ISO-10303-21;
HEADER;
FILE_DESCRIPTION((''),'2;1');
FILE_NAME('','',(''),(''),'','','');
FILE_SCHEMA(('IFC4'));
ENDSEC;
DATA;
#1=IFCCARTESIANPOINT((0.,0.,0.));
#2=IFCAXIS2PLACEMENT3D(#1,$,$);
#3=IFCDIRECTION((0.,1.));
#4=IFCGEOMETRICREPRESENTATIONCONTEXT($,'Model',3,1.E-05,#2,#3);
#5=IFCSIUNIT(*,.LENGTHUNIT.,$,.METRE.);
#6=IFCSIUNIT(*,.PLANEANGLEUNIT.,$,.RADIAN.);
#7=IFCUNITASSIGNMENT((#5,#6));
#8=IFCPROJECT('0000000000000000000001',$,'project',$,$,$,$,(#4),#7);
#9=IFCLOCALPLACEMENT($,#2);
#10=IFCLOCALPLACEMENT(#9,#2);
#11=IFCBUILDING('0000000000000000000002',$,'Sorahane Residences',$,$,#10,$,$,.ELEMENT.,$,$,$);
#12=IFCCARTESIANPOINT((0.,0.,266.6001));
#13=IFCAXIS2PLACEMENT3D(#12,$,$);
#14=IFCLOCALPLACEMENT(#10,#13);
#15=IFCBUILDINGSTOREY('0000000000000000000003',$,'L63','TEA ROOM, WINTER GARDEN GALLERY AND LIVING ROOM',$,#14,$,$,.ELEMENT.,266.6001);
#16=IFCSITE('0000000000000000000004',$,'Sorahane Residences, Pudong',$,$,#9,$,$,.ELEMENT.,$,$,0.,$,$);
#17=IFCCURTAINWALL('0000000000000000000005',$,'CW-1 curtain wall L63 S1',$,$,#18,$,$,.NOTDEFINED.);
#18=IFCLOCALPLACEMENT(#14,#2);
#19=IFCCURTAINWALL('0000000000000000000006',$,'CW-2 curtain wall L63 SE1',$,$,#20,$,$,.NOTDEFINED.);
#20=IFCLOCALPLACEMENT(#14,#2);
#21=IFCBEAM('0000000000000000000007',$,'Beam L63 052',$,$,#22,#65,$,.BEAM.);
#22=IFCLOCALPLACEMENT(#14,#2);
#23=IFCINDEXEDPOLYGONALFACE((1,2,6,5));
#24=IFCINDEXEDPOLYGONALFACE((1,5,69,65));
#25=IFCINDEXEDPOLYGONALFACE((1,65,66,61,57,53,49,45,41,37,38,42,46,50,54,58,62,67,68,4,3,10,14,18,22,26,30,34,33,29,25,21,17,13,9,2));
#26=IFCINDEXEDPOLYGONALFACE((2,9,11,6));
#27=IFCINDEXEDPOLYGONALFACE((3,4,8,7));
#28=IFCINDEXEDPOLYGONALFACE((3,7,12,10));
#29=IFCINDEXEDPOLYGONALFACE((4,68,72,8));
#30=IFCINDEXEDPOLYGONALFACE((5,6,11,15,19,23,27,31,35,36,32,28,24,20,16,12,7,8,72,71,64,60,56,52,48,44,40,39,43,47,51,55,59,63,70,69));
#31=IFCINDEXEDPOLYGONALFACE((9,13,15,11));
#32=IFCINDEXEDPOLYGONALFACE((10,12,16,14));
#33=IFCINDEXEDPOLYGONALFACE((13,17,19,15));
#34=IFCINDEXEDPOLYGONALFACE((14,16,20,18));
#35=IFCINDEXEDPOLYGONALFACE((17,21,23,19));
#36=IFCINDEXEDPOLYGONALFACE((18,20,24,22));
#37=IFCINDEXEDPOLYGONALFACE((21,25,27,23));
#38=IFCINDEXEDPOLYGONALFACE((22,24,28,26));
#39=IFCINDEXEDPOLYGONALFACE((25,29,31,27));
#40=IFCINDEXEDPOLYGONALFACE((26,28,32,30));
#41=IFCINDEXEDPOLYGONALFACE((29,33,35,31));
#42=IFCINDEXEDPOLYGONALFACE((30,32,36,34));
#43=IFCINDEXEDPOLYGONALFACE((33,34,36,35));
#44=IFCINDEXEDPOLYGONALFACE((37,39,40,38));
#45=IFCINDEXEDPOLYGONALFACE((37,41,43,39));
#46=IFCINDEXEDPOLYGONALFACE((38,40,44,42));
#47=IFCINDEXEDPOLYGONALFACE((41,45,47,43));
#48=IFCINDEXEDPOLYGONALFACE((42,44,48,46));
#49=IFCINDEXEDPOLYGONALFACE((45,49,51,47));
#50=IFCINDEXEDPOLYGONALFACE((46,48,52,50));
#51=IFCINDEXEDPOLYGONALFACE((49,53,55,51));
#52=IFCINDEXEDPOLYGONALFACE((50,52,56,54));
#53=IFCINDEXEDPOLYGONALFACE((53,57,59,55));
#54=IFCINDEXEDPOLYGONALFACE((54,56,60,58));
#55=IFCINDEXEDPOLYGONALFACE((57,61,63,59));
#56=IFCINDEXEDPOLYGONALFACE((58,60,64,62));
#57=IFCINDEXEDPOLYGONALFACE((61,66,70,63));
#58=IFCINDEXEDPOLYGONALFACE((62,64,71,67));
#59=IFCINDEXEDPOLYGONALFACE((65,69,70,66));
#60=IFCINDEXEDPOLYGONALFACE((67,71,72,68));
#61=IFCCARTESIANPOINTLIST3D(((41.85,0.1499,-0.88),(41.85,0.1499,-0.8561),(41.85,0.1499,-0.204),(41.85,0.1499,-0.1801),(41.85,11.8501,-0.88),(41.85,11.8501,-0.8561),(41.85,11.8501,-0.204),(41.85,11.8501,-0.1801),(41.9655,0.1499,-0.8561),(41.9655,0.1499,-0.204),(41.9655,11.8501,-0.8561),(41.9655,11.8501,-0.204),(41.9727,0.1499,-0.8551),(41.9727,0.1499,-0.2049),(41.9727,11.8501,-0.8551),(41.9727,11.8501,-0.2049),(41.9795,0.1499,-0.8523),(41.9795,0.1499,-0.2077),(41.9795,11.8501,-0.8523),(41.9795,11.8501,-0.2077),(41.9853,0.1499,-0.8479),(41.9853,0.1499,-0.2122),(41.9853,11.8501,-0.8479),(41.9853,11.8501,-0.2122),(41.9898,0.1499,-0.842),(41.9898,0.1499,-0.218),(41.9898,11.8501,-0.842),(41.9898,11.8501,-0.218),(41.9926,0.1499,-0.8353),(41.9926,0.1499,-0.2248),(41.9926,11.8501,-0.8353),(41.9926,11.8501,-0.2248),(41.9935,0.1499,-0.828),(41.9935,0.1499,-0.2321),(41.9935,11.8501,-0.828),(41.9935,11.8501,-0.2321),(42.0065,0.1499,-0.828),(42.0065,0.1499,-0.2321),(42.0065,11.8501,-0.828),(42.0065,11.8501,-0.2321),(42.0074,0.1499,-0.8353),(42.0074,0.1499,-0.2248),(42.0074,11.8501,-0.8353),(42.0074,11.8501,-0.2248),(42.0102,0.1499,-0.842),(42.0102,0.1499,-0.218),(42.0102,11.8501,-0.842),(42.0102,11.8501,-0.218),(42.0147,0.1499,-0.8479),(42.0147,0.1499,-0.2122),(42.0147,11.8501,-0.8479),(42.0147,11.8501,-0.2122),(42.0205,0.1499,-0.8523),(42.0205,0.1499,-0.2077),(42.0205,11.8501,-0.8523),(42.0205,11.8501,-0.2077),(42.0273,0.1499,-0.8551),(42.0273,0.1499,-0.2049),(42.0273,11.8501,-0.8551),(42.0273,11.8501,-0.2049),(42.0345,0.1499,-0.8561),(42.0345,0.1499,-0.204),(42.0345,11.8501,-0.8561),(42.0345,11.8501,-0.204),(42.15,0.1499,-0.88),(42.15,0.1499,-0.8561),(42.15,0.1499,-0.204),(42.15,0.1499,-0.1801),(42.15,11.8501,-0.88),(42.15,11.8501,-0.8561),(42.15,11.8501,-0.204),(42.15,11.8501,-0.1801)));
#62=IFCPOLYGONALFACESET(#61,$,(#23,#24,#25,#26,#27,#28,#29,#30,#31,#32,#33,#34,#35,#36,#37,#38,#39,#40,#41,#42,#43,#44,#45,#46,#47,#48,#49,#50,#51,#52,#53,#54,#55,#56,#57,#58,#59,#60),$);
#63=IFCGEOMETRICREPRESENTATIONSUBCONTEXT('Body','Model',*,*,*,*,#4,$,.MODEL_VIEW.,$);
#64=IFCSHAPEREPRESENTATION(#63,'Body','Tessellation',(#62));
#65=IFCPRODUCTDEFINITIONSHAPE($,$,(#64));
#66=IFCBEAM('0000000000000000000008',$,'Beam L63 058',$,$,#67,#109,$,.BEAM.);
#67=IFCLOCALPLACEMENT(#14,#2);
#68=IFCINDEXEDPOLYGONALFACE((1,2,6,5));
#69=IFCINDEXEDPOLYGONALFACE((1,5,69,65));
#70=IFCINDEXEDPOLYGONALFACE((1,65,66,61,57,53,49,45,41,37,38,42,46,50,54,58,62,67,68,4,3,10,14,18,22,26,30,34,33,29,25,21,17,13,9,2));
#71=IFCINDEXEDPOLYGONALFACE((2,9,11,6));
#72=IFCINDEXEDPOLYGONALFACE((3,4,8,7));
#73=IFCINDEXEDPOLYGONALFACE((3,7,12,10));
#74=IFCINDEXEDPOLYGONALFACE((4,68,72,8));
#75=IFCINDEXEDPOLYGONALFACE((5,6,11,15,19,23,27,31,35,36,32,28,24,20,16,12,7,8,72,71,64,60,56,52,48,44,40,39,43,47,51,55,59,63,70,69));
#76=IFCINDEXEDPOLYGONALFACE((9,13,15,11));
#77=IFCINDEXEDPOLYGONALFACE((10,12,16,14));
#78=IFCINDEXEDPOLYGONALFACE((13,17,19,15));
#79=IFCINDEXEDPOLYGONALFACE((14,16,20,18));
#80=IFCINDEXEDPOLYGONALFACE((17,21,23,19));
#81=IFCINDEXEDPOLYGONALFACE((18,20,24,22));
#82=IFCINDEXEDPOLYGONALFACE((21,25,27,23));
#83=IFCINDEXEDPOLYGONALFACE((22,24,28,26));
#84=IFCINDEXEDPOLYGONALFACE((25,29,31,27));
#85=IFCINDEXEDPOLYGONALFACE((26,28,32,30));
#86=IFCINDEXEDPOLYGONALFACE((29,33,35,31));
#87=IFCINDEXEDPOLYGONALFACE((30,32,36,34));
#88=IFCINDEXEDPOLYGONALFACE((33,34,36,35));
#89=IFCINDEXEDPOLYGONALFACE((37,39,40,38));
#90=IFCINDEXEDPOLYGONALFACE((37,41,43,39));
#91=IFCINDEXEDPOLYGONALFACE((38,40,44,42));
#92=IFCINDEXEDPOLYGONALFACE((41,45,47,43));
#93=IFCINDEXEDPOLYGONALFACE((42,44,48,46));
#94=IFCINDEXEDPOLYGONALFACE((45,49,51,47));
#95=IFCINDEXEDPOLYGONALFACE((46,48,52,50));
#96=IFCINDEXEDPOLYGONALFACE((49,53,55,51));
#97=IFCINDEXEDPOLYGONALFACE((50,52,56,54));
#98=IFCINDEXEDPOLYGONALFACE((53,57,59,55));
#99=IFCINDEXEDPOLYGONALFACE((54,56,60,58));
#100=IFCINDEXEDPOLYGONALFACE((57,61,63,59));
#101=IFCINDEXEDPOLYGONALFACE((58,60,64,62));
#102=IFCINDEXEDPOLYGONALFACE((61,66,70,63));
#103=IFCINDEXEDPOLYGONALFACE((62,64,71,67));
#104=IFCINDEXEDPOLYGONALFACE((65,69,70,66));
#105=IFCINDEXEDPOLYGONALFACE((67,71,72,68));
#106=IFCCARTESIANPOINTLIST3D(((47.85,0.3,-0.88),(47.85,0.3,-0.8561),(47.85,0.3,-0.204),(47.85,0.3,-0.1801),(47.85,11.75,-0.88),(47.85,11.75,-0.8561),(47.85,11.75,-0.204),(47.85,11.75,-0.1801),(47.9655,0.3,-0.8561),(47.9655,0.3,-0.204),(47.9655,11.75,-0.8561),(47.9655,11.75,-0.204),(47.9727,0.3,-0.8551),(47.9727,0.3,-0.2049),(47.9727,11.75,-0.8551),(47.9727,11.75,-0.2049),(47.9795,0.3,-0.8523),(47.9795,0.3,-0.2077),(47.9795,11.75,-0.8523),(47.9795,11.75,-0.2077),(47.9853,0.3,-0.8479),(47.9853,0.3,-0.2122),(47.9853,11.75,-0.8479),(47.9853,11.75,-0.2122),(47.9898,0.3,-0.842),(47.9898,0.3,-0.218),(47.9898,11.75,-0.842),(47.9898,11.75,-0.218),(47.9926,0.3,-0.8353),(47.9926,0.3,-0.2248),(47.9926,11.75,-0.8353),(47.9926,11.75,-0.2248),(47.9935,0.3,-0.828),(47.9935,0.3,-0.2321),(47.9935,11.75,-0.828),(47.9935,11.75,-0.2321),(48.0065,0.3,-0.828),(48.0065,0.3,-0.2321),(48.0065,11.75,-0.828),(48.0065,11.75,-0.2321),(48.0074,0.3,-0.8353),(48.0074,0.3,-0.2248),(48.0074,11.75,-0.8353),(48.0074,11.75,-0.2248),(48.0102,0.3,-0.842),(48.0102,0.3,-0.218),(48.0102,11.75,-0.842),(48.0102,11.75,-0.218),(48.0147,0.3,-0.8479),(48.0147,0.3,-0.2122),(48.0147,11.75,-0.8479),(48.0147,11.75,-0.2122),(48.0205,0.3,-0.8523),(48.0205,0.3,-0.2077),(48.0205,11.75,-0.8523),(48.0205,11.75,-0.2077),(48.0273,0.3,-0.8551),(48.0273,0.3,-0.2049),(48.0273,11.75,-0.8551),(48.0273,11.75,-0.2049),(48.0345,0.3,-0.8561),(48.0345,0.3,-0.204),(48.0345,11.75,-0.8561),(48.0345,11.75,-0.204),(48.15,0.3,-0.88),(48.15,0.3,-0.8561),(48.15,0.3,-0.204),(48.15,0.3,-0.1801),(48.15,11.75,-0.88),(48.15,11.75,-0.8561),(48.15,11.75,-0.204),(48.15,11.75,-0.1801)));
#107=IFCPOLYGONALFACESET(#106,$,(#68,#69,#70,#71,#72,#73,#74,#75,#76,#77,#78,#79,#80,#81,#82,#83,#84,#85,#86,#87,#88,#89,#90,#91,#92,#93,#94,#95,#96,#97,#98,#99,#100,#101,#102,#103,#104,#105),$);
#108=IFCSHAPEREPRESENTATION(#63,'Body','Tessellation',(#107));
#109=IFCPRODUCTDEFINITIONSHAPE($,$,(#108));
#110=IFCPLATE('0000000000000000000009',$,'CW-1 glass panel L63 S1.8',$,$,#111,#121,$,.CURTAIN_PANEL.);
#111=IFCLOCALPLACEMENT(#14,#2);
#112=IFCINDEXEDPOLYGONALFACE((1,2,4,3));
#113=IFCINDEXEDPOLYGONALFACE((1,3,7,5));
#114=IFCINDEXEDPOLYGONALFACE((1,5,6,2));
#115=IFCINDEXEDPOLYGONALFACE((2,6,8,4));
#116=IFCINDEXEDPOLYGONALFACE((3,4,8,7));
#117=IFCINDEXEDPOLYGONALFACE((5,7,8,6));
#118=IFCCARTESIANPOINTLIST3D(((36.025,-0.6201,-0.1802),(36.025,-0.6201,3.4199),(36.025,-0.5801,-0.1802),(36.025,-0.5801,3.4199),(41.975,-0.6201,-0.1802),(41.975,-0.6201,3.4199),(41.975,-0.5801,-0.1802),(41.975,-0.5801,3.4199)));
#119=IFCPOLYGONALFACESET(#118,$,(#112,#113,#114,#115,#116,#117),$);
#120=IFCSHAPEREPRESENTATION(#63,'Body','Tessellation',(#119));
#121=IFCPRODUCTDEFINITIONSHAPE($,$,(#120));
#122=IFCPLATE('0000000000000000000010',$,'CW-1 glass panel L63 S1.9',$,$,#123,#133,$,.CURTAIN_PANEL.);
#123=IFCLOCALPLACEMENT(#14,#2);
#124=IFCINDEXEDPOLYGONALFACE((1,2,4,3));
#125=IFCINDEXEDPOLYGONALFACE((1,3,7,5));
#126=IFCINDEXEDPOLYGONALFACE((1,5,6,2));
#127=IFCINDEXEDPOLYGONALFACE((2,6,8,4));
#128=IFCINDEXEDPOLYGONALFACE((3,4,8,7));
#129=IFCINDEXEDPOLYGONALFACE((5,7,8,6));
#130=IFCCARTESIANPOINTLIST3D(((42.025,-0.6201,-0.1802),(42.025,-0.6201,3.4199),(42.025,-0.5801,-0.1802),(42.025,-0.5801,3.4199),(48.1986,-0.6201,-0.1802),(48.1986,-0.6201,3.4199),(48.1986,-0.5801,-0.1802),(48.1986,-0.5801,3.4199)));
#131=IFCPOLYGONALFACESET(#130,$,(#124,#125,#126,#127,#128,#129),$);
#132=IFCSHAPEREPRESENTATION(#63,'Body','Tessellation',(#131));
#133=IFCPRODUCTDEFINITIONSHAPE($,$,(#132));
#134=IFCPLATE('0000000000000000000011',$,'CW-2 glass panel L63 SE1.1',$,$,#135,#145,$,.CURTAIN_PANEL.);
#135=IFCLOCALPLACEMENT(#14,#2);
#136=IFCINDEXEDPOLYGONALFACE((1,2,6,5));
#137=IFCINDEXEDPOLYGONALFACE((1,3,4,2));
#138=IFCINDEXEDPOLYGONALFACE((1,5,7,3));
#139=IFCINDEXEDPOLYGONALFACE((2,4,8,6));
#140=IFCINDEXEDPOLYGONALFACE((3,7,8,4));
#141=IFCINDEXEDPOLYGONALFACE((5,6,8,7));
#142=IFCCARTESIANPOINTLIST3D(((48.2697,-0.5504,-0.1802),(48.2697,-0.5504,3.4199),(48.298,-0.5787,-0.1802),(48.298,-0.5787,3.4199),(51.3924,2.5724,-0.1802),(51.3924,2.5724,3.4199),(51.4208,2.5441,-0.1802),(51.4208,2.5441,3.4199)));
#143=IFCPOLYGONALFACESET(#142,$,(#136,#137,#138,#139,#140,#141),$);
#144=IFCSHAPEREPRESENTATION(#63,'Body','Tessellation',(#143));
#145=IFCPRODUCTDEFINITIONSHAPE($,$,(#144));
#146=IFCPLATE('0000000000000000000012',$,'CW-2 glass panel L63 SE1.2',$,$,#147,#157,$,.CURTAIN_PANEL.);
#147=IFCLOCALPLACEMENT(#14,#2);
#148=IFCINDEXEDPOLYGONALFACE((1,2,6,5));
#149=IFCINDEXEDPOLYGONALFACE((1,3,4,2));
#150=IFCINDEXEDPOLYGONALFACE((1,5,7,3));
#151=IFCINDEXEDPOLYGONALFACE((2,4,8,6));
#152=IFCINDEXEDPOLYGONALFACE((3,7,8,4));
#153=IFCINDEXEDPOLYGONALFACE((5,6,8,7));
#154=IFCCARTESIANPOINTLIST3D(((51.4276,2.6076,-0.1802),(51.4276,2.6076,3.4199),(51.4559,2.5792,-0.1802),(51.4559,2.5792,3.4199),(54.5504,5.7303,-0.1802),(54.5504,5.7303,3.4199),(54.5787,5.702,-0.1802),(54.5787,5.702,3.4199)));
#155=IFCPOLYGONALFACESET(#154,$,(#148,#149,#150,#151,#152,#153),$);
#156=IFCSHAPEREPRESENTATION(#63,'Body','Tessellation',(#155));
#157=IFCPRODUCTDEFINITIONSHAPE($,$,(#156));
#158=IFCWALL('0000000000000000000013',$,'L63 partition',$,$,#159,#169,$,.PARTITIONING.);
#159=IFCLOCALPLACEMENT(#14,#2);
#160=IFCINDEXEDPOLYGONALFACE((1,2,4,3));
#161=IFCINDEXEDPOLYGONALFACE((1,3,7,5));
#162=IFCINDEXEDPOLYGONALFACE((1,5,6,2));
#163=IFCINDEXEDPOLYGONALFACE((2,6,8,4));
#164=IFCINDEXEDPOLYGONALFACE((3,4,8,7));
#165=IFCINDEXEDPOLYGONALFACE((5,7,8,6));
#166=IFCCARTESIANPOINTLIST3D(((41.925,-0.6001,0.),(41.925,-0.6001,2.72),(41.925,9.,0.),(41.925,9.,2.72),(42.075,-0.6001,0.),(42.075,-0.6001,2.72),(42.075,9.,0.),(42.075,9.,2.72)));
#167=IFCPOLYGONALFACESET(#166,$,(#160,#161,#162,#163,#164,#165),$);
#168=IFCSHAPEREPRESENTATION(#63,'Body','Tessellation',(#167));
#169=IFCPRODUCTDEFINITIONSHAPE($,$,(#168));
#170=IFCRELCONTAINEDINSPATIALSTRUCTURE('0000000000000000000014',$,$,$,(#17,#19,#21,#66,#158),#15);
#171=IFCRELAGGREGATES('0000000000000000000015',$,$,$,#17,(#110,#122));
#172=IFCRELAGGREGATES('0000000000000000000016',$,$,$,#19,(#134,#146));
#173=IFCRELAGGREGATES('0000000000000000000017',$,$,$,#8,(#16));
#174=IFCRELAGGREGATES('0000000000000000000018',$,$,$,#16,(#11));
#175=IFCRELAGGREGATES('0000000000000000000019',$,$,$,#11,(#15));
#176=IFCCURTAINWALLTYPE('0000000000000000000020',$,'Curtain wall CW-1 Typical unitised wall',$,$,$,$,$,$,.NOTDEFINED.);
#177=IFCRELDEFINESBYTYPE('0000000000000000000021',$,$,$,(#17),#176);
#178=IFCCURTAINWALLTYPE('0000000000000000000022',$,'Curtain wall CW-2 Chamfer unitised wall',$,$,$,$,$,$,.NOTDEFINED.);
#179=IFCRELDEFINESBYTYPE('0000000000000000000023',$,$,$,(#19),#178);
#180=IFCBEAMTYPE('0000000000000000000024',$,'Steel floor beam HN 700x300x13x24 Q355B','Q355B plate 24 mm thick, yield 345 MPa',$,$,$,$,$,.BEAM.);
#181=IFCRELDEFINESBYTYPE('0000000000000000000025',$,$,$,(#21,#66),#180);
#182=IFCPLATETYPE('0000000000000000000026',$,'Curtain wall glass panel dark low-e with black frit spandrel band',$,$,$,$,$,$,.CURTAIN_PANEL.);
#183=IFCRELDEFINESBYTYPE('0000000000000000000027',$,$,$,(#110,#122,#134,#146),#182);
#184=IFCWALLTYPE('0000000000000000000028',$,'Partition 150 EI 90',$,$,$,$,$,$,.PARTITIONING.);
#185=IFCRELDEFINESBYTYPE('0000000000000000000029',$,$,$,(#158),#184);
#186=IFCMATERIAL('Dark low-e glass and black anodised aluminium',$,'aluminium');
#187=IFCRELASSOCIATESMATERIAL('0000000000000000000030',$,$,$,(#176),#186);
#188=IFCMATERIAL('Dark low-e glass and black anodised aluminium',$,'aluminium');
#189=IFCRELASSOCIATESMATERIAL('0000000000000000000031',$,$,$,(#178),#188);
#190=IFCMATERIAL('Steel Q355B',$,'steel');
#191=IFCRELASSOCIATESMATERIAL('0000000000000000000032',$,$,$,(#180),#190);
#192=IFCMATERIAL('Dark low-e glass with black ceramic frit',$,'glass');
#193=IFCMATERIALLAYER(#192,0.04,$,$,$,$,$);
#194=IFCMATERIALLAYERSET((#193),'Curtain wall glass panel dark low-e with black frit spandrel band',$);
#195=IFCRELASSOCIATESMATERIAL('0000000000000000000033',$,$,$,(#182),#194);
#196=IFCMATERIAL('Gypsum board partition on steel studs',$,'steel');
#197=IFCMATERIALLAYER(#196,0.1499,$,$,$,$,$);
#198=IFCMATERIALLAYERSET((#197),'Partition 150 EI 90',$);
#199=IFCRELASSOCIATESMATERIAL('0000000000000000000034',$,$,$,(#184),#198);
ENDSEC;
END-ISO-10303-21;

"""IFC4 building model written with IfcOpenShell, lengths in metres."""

from ifc_helpers import new_model, si_unit, direction, frame, frame_2d, origin, origin_2d, place, context, subcontext, project, spatial, rectangle, i_section, extrude, material, layer, layer_set, material_profile, profile_set, type_object, element, aggregate, save


model = new_model("IFC4")

# Units and contexts
model_context = context("Model", 3, precision=1e-05, world=origin(), true_north=direction((0.0, 1.0)))
body_context = subcontext(model_context, "Body", "Model", "MODEL_VIEW")
ifc_project = project(units=[si_unit("LENGTHUNIT", "METRE"), si_unit("PLANEANGLEUNIT", "RADIAN")], contexts=[model_context])

# Site, building, storey
site_placement = place(None, origin())
site = spatial("IfcSite", under=ifc_project, at=site_placement, Name="Sorahane Residences, Pudong", CompositionType="ELEMENT", RefElevation=0.0)
building_placement = place(site_placement, origin())
building = spatial("IfcBuilding", under=site, at=building_placement, Name="Sorahane Residences", CompositionType="ELEMENT")
storey_placement = place(building_placement, frame((0.0, 0.0, 266.6001)))
storey = spatial("IfcBuildingStorey", under=building, at=storey_placement, Name="L63", Description="TEA ROOM, WINTER GARDEN GALLERY AND LIVING ROOM", CompositionType="ELEMENT", Elevation=266.6001)

# Curtain walls
ifc_material_1 = material(Name="Dark low-e glass and black anodised aluminium", Category="aluminium")
curtain_wall_type_1 = type_object("IfcCurtainWallType", Name="Curtain wall CW-1 Typical unitised wall", PredefinedType="NOTDEFINED", material=ifc_material_1)
curtain_wall_1_placement = place(storey_placement, origin())
curtain_wall_1 = element("IfcCurtainWall", 1, at=curtain_wall_1_placement, inside=storey, type_object=curtain_wall_type_1, Name="CW-1 curtain wall L63 S1", PredefinedType="NOTDEFINED")
ifc_material_2 = material(Name="Dark low-e glass and black anodised aluminium", Category="aluminium")
curtain_wall_type_2 = type_object("IfcCurtainWallType", Name="Curtain wall CW-2 Chamfer unitised wall", PredefinedType="NOTDEFINED", material=ifc_material_2)
curtain_wall_2_placement = place(storey_placement, origin())
curtain_wall_2 = element("IfcCurtainWall", 2, at=curtain_wall_2_placement, inside=storey, type_object=curtain_wall_type_2, Name="CW-2 curtain wall L63 SE1", PredefinedType="NOTDEFINED")

# Beams
ifc_material_3 = material(Name="Steel Q355B", Category="steel")
ifc_material_profile_1 = material_profile(ifc_material_3, i_section(OverallWidth=0.3, OverallDepth=0.7, WebThickness=0.0129, FlangeThickness=0.0239, FilletRadius=0.0281, at=origin_2d()), Name="HN 700x300x13x24")
ifc_profile_set_1 = profile_set([ifc_material_profile_1], Name="Steel Q355B")
beam_type_1 = type_object("IfcBeamType", Name="Steel floor beam HN 700x300x13x24 Q355B", Description="Q355B plate 24 mm thick, yield 345 MPa", PredefinedType="BEAM", material=ifc_profile_set_1)
beam_1_placement = place(storey_placement, frame((42.0, 0.1499, -0.53), z_axis=(0.0, 1.0, 0.0), x_axis=(-1.0, 0.0, 0.0)))
element("IfcBeam", 3, at=beam_1_placement, inside=storey, type_object=beam_type_1, Name="Beam L63 052", PredefinedType="BEAM", context=body_context, shape_type="SweptSolid", body=[
    extrude(i_section(OverallWidth=0.3, OverallDepth=0.7, WebThickness=0.0129, FlangeThickness=0.0239, FilletRadius=0.0281, at=origin_2d()), origin(), (0.0, 0.0, 1.0), 11.7002),
])
beam_2_placement = place(storey_placement, frame((48.0, 0.3, -0.53), z_axis=(0.0, 1.0, 0.0), x_axis=(-1.0, 0.0, 0.0)))
element("IfcBeam", 4, at=beam_2_placement, inside=storey, type_object=beam_type_1, Name="Beam L63 058", PredefinedType="BEAM", context=body_context, shape_type="SweptSolid", body=[
    extrude(i_section(OverallWidth=0.3, OverallDepth=0.7, WebThickness=0.0129, FlangeThickness=0.0239, FilletRadius=0.0281, at=origin_2d()), origin(), (0.0, 0.0, 1.0), 11.45),
])

# Plates
ifc_material_4 = material(Name="Dark low-e glass with black ceramic frit", Category="glass")
ifc_layer_1 = layer(ifc_material_4, 0.04)
ifc_layer_set_1 = layer_set([ifc_layer_1], Name="Curtain wall glass panel dark low-e with black frit spandrel band")
plate_type = type_object("IfcPlateType", Name="Curtain wall glass panel dark low-e with black frit spandrel band", PredefinedType="CURTAIN_PANEL", material=ifc_layer_set_1)
plate_1_placement = place(storey_placement, frame((39.0, -0.6001, -0.1802), z_axis=(0.0, 0.0, 1.0), x_axis=(1.0, 0.0, 0.0)))
plate_1 = element("IfcPlate", 5, at=plate_1_placement, type_object=plate_type, Name="CW-1 glass panel L63 S1.8", PredefinedType="CURTAIN_PANEL", context=body_context, shape_type="SweptSolid", body=[
    extrude(rectangle(XDim=5.95, YDim=0.04, at=origin_2d()), origin(), (0.0, 0.0, 1.0), 3.6001),
])
plate_2_placement = place(storey_placement, frame((45.1118, -0.6001, -0.1802), z_axis=(0.0, 0.0, 1.0), x_axis=(1.0, 0.0, 0.0)))
plate_2 = element("IfcPlate", 6, at=plate_2_placement, type_object=plate_type, Name="CW-1 glass panel L63 S1.9", PredefinedType="CURTAIN_PANEL", context=body_context, shape_type="SweptSolid", body=[
    extrude(rectangle(XDim=6.1736, YDim=0.04, at=origin_2d()), origin(), (0.0, 0.0, 1.0), 3.6001),
])
aggregate(curtain_wall_1, [plate_1, plate_2])
plate_3_placement = place(storey_placement, frame((49.8452, 0.9968, -0.1802), z_axis=(0.0, 0.0, 1.0), x_axis=(0.707107, 0.707107, 0.0)))
plate_3 = element("IfcPlate", 7, at=plate_3_placement, type_object=plate_type, Name="CW-2 glass panel L63 SE1.1", PredefinedType="CURTAIN_PANEL", context=body_context, shape_type="SweptSolid", body=[
    extrude(rectangle(XDim=4.4163, YDim=0.04, at=origin_2d()), origin(), (0.0, 0.0, 1.0), 3.6001),
])
plate_4_placement = place(storey_placement, frame((53.0032, 4.1548, -0.1802), z_axis=(0.0, 0.0, 1.0), x_axis=(0.707107, 0.707107, 0.0)))
plate_4 = element("IfcPlate", 8, at=plate_4_placement, type_object=plate_type, Name="CW-2 glass panel L63 SE1.2", PredefinedType="CURTAIN_PANEL", context=body_context, shape_type="SweptSolid", body=[
    extrude(rectangle(XDim=4.4163, YDim=0.04, at=origin_2d()), origin(), (0.0, 0.0, 1.0), 3.6001),
])
aggregate(curtain_wall_2, [plate_3, plate_4])

# Wall
ifc_material_5 = material(Name="Gypsum board partition on steel studs", Category="steel")
ifc_layer_2 = layer(ifc_material_5, 0.1499)
ifc_layer_set_2 = layer_set([ifc_layer_2], Name="Partition 150 EI 90")
wall_type_1 = type_object("IfcWallType", Name="Partition 150 EI 90", PredefinedType="PARTITIONING", material=ifc_layer_set_2)
wall_1_placement = place(storey_placement, frame((42.0, -0.6001, 0.0), z_axis=(0.0, 0.0, 1.0), x_axis=(0.0, 1.0, 0.0)))
element("IfcWall", 9, at=wall_1_placement, inside=storey, type_object=wall_type_1, Name="L63 partition", PredefinedType="PARTITIONING", context=body_context, shape_type="SweptSolid", body=[
    extrude(rectangle(XDim=9.6001, YDim=0.1499, at=frame_2d((4.8, 0.0))), origin(), (0.0, 0.0, 1.0), 2.72),
])

save(model, "model.ifc")
